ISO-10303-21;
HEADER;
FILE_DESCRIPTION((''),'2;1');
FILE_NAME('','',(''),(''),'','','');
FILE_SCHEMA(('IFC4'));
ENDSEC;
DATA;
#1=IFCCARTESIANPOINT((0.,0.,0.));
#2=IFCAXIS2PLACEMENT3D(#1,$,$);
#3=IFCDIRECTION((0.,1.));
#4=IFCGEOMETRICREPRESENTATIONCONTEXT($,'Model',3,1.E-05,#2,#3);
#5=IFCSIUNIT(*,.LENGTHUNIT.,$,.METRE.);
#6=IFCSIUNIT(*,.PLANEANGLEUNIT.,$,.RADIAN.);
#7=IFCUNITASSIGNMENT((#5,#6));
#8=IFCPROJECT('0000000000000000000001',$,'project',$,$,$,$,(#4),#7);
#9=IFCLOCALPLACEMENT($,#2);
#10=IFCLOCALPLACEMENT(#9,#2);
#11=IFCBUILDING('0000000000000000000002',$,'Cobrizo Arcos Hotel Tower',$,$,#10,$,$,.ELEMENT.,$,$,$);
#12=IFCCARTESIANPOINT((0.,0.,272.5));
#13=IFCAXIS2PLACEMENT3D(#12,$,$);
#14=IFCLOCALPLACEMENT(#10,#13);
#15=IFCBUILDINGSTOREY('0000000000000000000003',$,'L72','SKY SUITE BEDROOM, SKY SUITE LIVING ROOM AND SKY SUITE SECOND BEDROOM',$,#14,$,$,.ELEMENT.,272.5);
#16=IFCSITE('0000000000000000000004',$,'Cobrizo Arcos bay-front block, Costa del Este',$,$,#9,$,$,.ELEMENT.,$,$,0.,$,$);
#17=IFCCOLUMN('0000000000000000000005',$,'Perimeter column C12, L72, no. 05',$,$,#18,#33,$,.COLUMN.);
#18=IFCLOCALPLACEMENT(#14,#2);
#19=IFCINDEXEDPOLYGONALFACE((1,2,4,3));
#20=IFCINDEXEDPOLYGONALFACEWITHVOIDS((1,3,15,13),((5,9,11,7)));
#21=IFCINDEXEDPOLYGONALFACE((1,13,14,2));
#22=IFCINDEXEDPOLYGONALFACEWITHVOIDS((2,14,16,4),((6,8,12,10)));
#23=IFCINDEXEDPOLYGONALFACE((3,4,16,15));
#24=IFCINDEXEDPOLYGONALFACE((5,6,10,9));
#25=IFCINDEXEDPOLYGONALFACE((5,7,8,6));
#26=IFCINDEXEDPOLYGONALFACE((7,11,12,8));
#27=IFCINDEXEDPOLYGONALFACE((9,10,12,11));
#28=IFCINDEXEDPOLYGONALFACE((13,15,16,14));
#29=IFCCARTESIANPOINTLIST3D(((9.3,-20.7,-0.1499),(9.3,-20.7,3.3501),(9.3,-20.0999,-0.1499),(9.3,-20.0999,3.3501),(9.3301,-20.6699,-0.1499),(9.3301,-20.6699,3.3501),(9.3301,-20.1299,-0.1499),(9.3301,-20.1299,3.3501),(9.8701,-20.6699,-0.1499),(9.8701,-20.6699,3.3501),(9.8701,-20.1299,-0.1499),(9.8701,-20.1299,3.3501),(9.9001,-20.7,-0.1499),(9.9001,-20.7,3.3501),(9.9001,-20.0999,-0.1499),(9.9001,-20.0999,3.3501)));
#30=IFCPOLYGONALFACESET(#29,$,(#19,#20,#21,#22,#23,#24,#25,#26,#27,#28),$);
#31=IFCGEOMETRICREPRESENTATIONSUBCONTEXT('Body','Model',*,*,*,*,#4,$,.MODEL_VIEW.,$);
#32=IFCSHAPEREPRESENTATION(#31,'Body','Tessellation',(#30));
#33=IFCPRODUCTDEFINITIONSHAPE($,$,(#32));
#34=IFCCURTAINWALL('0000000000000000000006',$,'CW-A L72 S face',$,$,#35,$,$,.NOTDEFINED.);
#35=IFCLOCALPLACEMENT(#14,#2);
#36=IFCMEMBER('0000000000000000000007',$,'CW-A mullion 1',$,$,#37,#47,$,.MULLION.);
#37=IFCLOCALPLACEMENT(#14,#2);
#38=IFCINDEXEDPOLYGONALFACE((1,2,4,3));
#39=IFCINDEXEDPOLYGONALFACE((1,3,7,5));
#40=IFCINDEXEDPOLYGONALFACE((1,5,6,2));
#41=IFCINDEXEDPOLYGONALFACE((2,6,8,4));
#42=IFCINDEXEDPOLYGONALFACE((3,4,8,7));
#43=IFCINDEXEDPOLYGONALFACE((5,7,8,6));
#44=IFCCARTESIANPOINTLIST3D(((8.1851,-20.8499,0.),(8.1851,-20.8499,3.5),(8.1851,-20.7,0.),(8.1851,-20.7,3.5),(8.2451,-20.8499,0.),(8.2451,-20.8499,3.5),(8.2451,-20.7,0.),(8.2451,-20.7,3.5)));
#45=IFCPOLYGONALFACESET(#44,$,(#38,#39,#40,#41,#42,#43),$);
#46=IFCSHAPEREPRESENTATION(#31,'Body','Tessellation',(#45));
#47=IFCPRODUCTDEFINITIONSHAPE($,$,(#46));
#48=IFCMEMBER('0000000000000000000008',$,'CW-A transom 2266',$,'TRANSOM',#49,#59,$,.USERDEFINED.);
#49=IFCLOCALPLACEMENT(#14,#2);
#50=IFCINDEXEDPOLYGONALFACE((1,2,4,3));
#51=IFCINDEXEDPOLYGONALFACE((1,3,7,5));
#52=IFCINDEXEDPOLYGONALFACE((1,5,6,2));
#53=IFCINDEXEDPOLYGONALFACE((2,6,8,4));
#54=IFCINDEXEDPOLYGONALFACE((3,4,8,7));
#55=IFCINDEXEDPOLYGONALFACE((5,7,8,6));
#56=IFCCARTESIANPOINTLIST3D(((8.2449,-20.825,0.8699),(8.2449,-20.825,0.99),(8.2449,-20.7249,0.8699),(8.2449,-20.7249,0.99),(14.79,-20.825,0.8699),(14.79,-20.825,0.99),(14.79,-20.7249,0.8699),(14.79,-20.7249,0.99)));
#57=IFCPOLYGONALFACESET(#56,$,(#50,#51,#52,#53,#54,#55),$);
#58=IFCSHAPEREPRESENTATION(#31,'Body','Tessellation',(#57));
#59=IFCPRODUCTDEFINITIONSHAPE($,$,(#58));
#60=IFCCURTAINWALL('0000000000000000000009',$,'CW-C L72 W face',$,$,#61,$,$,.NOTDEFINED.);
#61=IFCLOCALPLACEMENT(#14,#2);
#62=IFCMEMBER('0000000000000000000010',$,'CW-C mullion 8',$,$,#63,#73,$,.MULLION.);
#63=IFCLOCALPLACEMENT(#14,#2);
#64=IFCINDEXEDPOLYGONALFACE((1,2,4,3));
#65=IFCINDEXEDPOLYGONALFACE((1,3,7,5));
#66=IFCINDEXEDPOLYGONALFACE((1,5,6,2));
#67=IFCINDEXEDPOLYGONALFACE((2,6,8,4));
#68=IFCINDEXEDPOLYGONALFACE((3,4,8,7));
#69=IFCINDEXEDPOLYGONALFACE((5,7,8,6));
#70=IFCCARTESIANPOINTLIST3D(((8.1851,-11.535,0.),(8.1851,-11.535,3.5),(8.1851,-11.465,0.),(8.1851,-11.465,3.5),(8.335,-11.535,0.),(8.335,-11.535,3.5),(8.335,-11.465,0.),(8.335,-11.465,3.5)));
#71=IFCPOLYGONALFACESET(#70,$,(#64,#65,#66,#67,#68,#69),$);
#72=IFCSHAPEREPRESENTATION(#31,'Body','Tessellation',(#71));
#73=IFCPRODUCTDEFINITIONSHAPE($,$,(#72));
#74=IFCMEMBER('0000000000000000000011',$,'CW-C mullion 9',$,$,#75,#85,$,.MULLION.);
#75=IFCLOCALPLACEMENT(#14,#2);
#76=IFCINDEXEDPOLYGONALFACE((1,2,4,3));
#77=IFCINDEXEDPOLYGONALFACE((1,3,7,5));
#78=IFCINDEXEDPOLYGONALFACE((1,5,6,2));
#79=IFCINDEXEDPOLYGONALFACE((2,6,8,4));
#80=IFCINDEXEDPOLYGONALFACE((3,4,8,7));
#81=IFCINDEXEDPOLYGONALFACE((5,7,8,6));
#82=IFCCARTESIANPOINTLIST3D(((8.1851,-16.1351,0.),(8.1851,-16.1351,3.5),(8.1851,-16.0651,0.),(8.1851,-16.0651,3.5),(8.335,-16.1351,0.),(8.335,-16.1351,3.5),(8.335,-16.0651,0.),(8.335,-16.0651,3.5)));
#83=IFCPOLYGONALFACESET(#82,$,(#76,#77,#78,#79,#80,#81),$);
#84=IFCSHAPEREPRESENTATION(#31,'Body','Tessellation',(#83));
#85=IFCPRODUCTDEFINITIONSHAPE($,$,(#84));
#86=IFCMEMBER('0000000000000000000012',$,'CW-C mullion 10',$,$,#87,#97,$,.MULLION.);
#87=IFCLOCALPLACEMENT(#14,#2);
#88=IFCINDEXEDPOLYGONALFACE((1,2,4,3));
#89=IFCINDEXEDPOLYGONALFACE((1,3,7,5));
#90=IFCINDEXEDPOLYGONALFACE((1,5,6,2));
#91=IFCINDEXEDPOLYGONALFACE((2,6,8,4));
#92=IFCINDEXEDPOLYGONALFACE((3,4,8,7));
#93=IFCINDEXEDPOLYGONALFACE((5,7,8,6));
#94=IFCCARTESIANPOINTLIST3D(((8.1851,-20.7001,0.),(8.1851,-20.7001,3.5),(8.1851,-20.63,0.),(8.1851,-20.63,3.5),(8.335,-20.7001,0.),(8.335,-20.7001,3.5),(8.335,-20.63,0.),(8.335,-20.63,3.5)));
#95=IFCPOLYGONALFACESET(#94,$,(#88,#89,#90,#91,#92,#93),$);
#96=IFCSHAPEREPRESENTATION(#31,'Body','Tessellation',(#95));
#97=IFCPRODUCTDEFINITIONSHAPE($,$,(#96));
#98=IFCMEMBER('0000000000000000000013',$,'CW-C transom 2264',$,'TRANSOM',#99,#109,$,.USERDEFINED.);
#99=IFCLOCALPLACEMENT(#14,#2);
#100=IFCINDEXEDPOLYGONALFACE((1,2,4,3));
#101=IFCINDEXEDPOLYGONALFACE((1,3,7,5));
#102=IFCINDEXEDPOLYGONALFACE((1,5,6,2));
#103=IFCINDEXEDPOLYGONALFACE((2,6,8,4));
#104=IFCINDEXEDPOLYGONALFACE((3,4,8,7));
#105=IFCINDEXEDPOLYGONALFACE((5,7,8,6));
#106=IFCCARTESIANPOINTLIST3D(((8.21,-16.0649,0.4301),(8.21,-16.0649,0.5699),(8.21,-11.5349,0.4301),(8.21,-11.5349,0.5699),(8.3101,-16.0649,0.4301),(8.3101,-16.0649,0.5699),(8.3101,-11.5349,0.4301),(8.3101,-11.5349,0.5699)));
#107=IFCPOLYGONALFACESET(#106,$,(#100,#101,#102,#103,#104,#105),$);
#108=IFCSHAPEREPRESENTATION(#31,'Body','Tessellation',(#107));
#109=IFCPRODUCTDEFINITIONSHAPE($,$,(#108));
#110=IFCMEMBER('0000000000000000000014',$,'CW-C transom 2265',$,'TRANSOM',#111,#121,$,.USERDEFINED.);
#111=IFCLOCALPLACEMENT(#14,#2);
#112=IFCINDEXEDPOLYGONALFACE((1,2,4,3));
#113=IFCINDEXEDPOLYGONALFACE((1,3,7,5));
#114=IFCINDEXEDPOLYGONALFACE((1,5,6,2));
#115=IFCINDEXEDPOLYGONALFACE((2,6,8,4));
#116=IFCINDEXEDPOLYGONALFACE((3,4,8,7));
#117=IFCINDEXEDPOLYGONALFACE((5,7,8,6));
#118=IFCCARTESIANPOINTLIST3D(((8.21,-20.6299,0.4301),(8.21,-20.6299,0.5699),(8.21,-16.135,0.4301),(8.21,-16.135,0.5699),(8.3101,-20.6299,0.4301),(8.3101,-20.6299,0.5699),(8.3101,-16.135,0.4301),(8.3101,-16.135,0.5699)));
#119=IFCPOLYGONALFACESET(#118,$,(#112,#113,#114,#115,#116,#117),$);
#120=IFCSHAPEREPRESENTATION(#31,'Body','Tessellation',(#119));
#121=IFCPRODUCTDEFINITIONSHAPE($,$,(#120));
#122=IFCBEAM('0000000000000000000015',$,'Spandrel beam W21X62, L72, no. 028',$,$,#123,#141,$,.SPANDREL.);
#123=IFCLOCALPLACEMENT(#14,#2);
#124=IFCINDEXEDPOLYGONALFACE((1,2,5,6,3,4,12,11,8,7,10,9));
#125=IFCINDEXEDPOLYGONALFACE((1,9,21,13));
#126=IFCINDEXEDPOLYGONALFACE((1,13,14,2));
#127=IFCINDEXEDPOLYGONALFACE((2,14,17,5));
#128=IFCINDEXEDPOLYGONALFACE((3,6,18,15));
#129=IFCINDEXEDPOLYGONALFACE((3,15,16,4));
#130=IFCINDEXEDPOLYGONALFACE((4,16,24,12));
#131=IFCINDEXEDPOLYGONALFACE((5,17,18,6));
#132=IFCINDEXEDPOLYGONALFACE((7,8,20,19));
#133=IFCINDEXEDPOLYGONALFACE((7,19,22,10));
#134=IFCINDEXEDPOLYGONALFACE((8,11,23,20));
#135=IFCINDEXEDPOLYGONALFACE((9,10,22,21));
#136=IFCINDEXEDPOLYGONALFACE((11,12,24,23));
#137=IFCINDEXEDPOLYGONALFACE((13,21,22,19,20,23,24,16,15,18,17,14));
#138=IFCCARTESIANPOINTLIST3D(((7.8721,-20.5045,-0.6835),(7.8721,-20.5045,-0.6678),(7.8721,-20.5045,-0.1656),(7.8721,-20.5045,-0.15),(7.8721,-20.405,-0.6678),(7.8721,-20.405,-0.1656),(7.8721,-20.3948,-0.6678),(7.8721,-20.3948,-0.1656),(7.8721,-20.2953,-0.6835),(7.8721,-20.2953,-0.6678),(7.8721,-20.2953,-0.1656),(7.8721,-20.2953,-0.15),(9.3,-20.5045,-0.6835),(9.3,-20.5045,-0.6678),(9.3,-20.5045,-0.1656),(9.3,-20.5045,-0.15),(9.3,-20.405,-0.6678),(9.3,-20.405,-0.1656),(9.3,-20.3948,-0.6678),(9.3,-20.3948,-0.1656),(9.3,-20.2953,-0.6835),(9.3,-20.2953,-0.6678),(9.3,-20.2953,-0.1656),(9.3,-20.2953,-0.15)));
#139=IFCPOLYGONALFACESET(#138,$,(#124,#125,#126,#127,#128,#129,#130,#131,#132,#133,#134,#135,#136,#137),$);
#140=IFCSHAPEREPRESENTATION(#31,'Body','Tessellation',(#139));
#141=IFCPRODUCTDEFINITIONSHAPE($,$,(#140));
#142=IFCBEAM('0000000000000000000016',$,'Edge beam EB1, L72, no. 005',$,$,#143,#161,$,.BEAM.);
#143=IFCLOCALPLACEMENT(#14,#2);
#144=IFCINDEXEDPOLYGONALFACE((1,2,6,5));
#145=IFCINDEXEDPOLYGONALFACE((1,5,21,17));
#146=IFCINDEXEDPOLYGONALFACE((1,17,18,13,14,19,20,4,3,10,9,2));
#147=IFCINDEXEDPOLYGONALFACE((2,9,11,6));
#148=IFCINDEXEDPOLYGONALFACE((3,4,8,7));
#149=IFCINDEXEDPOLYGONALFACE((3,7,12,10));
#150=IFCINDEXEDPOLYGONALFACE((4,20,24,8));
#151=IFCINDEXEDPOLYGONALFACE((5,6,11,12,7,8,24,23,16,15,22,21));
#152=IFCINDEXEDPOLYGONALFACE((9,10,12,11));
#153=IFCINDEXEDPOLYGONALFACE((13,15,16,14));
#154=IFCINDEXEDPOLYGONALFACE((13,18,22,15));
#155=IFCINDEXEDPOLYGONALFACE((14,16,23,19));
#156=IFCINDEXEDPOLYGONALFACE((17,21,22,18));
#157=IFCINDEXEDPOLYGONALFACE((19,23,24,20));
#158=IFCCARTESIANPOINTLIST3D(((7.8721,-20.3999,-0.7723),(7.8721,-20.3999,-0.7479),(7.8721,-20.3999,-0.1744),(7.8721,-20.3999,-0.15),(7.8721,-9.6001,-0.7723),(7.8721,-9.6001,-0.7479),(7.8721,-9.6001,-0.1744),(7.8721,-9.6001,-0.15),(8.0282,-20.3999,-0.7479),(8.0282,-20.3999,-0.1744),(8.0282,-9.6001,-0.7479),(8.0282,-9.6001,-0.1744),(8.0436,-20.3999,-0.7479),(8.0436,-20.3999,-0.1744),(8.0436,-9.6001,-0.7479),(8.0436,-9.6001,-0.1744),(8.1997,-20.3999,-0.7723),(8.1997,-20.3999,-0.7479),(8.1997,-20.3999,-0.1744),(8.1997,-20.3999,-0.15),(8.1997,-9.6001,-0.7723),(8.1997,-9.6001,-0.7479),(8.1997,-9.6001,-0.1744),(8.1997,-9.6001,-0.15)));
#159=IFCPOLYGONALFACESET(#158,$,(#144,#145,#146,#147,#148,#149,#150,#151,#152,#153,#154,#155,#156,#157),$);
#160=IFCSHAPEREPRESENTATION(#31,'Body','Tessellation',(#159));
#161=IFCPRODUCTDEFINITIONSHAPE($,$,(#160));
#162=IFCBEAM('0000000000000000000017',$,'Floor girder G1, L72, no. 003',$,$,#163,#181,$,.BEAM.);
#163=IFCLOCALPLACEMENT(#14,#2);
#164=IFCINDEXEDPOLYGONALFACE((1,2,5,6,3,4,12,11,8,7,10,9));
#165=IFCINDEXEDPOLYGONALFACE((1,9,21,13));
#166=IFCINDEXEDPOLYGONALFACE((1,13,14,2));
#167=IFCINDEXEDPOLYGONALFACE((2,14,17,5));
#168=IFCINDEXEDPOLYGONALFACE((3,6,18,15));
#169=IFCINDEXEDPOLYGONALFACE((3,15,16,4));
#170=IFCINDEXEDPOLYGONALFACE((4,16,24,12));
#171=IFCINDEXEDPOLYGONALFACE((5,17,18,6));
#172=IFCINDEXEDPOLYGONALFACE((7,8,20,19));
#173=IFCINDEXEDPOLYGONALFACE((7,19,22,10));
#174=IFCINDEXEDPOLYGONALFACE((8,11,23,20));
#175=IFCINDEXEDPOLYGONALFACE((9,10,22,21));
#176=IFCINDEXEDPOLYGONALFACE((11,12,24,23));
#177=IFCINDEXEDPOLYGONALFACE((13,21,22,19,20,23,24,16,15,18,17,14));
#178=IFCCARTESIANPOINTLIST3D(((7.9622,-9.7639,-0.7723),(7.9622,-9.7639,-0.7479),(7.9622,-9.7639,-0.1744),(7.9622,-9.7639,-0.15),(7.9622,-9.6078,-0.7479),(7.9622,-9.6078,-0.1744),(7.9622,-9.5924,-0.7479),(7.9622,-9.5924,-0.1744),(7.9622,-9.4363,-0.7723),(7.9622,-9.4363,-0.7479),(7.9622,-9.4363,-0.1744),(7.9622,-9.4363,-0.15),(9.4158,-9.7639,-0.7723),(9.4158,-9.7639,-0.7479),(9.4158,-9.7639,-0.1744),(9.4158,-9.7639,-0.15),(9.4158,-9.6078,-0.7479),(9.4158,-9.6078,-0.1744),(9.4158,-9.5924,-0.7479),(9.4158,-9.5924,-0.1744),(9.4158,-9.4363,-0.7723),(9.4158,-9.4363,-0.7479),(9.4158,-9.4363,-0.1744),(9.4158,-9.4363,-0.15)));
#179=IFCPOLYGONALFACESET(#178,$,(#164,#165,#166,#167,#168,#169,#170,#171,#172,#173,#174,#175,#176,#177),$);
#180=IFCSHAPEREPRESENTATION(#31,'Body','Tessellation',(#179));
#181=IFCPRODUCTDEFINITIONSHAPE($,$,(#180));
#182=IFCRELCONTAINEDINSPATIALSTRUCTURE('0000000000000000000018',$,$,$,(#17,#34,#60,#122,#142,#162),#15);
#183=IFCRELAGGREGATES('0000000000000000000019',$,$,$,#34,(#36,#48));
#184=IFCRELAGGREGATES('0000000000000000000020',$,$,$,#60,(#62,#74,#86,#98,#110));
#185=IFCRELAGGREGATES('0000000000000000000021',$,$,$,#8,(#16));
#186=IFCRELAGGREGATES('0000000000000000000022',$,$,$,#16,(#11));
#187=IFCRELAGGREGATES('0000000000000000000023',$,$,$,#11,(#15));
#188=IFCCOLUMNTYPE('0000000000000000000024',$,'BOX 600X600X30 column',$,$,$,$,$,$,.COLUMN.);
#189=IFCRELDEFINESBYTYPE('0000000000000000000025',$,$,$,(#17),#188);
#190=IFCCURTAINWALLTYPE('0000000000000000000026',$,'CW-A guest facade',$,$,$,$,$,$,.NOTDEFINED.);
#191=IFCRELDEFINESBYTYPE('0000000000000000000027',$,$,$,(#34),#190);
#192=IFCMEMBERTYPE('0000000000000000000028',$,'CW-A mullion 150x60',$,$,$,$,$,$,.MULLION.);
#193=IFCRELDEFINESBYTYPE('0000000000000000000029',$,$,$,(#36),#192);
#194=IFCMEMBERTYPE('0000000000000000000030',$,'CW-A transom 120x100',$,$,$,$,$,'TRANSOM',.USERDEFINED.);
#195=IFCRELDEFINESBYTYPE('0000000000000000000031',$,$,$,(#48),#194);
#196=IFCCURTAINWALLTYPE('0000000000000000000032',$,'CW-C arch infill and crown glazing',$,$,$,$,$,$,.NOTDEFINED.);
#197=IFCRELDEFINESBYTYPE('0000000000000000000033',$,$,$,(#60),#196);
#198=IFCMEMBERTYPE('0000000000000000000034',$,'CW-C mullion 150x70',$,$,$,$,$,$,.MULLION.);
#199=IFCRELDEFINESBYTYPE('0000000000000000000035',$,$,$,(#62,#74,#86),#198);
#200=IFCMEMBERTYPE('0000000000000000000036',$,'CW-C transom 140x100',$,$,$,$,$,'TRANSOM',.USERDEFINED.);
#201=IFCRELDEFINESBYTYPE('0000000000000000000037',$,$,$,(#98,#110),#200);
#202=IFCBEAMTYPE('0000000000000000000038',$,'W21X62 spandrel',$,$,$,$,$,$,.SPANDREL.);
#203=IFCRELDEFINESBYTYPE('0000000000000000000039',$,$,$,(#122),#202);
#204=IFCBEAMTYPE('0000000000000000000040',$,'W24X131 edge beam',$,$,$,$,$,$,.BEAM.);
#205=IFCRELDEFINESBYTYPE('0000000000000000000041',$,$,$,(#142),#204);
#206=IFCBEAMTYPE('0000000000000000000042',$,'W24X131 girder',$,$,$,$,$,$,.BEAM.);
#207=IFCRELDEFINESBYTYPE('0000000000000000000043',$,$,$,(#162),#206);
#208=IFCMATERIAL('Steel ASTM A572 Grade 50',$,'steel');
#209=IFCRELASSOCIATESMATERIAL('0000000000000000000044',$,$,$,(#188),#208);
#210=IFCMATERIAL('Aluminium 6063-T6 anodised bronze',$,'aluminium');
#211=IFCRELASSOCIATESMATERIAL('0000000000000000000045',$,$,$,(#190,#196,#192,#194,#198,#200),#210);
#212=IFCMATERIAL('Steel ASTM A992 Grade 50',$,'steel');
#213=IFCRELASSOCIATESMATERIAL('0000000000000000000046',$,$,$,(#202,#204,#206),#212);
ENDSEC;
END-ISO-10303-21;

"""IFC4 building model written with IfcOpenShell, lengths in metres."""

from ifc_helpers import new_model, si_unit, direction, frame, origin, origin_2d, place, context, subcontext, project, spatial, rectangle, hollow_rectangle, i_section, extrude, material, material_profile, profile_set, type_object, element, aggregate, save


model = new_model("IFC4")

# Units and contexts
model_context = context("Model", 3, precision=1e-05, world=origin(), true_north=direction((0.0, 1.0)))
body_context = subcontext(model_context, "Body", "Model", "MODEL_VIEW")
ifc_project = project(units=[si_unit("LENGTHUNIT", "METRE"), si_unit("PLANEANGLEUNIT", "RADIAN")], contexts=[model_context])

# Site, building, storey
site_placement = place(None, origin())
site = spatial("IfcSite", under=ifc_project, at=site_placement, Name="Cobrizo Arcos bay-front block, Costa del Este", CompositionType="ELEMENT", RefElevation=0.0)
building_placement = place(site_placement, origin())
building = spatial("IfcBuilding", under=site, at=building_placement, Name="Cobrizo Arcos Hotel Tower", CompositionType="ELEMENT")
storey_placement = place(building_placement, frame((0.0, 0.0, 272.5)))
storey = spatial("IfcBuildingStorey", under=building, at=storey_placement, Name="L72", Description="SKY SUITE BEDROOM, SKY SUITE LIVING ROOM AND SKY SUITE SECOND BEDROOM", CompositionType="ELEMENT", Elevation=272.5)

# Column
ifc_material_1 = material(Name="Steel ASTM A572 Grade 50", Category="steel")
ifc_material_profile_1 = material_profile(ifc_material_1, hollow_rectangle(XDim=0.6001, YDim=0.6001, WallThickness=0.03, at=origin_2d()), Name="BOX 600X600X30")
ifc_profile_set_1 = profile_set([ifc_material_profile_1], Name="Steel ASTM A572 Grade 50")
column_type = type_object("IfcColumnType", Name="BOX 600X600X30 column", PredefinedType="COLUMN", material=ifc_profile_set_1)
column_placement = place(storey_placement, frame((9.6001, -20.3999, -0.1499), z_axis=(0.0, 0.0, 1.0), x_axis=(1.0, 0.0, 0.0)))
element("IfcColumn", 1, at=column_placement, inside=storey, type_object=column_type, Name="Perimeter column C12, L72, no. 05", PredefinedType="COLUMN", context=body_context, shape_type="SweptSolid", body=[
    extrude(hollow_rectangle(XDim=0.6001, YDim=0.6001, WallThickness=0.03, at=origin_2d()), origin(), (0.0, 0.0, 1.0), 3.5),
])

# Curtain walls, members
ifc_material_2 = material(Name="Aluminium 6063-T6 anodised bronze", Category="aluminium")
curtain_wall_type_1 = type_object("IfcCurtainWallType", Name="CW-A guest facade", PredefinedType="NOTDEFINED", material=ifc_material_2)
curtain_wall_1_placement = place(storey_placement, origin())
curtain_wall_1 = element("IfcCurtainWall", 2, at=curtain_wall_1_placement, inside=storey, type_object=curtain_wall_type_1, Name="CW-A L72 S face", PredefinedType="NOTDEFINED")
ifc_material_profile_2 = material_profile(ifc_material_2, rectangle(XDim=0.1499, YDim=0.0601, at=origin_2d()), Name="CW-A mullion 150x60")
ifc_profile_set_2 = profile_set([ifc_material_profile_2], Name="Aluminium 6063-T6 anodised bronze")
member_type_1 = type_object("IfcMemberType", Name="CW-A mullion 150x60", PredefinedType="MULLION", material=ifc_profile_set_2)
member_1_placement = place(storey_placement, frame((8.2151, -20.7749, 0.0), z_axis=(0.0, 0.0, 1.0), x_axis=(0.0, -1.0, 0.0)))
member_1 = element("IfcMember", 3, at=member_1_placement, type_object=member_type_1, Name="CW-A mullion 1", PredefinedType="MULLION", context=body_context, shape_type="SweptSolid", body=[
    extrude(rectangle(XDim=0.1499, YDim=0.0601, at=origin_2d()), origin(), (0.0, 0.0, 1.0), 3.5),
])
ifc_material_profile_3 = material_profile(ifc_material_2, rectangle(XDim=0.1001, YDim=0.1201, at=origin_2d()), Name="CW-A transom 120x100")
ifc_profile_set_3 = profile_set([ifc_material_profile_3], Name="Aluminium 6063-T6 anodised bronze")
member_type_2 = type_object("IfcMemberType", Name="CW-A transom 120x100", ElementType="TRANSOM", PredefinedType="USERDEFINED", material=ifc_profile_set_3)
member_2_placement = place(storey_placement, frame((8.2449, -20.7749, 0.9299), z_axis=(1.0, 0.0, 0.0), x_axis=(0.0, 1.0, 0.0)))
member_2 = element("IfcMember", 4, at=member_2_placement, type_object=member_type_2, Name="CW-A transom 2266", ObjectType="TRANSOM", PredefinedType="USERDEFINED", context=body_context, shape_type="SweptSolid", body=[
    extrude(rectangle(XDim=0.1001, YDim=0.1201, at=origin_2d()), origin(), (0.0, 0.0, 1.0), 6.5452),
])
curtain_wall_type_2 = type_object("IfcCurtainWallType", Name="CW-C arch infill and crown glazing", PredefinedType="NOTDEFINED", material=ifc_material_2)
curtain_wall_2_placement = place(storey_placement, origin())
curtain_wall_2 = element("IfcCurtainWall", 5, at=curtain_wall_2_placement, inside=storey, type_object=curtain_wall_type_2, Name="CW-C L72 W face", PredefinedType="NOTDEFINED")
ifc_material_profile_4 = material_profile(ifc_material_2, rectangle(XDim=0.1499, YDim=0.0701, at=origin_2d()), Name="CW-C mullion 150x70")
ifc_profile_set_4 = profile_set([ifc_material_profile_4], Name="Aluminium 6063-T6 anodised bronze")
member_type_3 = type_object("IfcMemberType", Name="CW-C mullion 150x70", PredefinedType="MULLION", material=ifc_profile_set_4)
member_3_placement = place(storey_placement, frame((8.26, -11.5, 0.0), z_axis=(0.0, 0.0, 1.0), x_axis=(-1.0, 0.0, 0.0)))
member_3 = element("IfcMember", 6, at=member_3_placement, type_object=member_type_3, Name="CW-C mullion 8", PredefinedType="MULLION", context=body_context, shape_type="SweptSolid", body=[
    extrude(rectangle(XDim=0.1499, YDim=0.0701, at=origin_2d()), origin(), (0.0, 0.0, 1.0), 3.5),
])
member_4_placement = place(storey_placement, frame((8.26, -16.1001, 0.0), z_axis=(0.0, 0.0, 1.0), x_axis=(-1.0, 0.0, 0.0)))
member_4 = element("IfcMember", 7, at=member_4_placement, type_object=member_type_3, Name="CW-C mullion 9", PredefinedType="MULLION", context=body_context, shape_type="SweptSolid", body=[
    extrude(rectangle(XDim=0.1499, YDim=0.0701, at=origin_2d()), origin(), (0.0, 0.0, 1.0), 3.5),
])
member_5_placement = place(storey_placement, frame((8.26, -20.665, 0.0), z_axis=(0.0, 0.0, 1.0), x_axis=(-1.0, 0.0, 0.0)))
member_5 = element("IfcMember", 8, at=member_5_placement, type_object=member_type_3, Name="CW-C mullion 10", PredefinedType="MULLION", context=body_context, shape_type="SweptSolid", body=[
    extrude(rectangle(XDim=0.1499, YDim=0.0701, at=origin_2d()), origin(), (0.0, 0.0, 1.0), 3.5),
])
ifc_material_profile_5 = material_profile(ifc_material_2, rectangle(XDim=0.1001, YDim=0.1399, at=origin_2d()), Name="CW-C transom 140x100")
ifc_profile_set_5 = profile_set([ifc_material_profile_5], Name="Aluminium 6063-T6 anodised bronze")
member_type_4 = type_object("IfcMemberType", Name="CW-C transom 140x100", ElementType="TRANSOM", PredefinedType="USERDEFINED", material=ifc_profile_set_5)
member_6_placement = place(storey_placement, frame((8.26, -11.5349, 0.5), z_axis=(0.0, -1.0, 0.0), x_axis=(1.0, 0.0, 0.0)))
member_6 = element("IfcMember", 9, at=member_6_placement, type_object=member_type_4, Name="CW-C transom 2264", ObjectType="TRANSOM", PredefinedType="USERDEFINED", context=body_context, shape_type="SweptSolid", body=[
    extrude(rectangle(XDim=0.1001, YDim=0.1399, at=origin_2d()), origin(), (0.0, 0.0, 1.0), 4.53),
])
member_7_placement = place(storey_placement, frame((8.26, -16.135, 0.5), z_axis=(0.0, -1.0, 0.0), x_axis=(1.0, 0.0, 0.0)))
member_7 = element("IfcMember", 10, at=member_7_placement, type_object=member_type_4, Name="CW-C transom 2265", ObjectType="TRANSOM", PredefinedType="USERDEFINED", context=body_context, shape_type="SweptSolid", body=[
    extrude(rectangle(XDim=0.1001, YDim=0.1399, at=origin_2d()), origin(), (0.0, 0.0, 1.0), 4.4949),
])

# Beams
ifc_material_3 = material(Name="Steel ASTM A992 Grade 50", Category="steel")
ifc_material_profile_6 = material_profile(ifc_material_3, i_section(OverallWidth=0.2092, OverallDepth=0.5334, WebThickness=0.0103, FlangeThickness=0.0156, at=origin_2d()), Name="W21X62")
ifc_profile_set_6 = profile_set([ifc_material_profile_6], Name="Steel ASTM A992 Grade 50")
beam_type_1 = type_object("IfcBeamType", Name="W21X62 spandrel", PredefinedType="SPANDREL", material=ifc_profile_set_6)
beam_1_placement = place(storey_placement, frame((9.3, -20.3999, -0.4167), z_axis=(-1.0, 0.0, 0.0), x_axis=(0.0, -1.0, 0.0)))
element("IfcBeam", 11, at=beam_1_placement, inside=storey, type_object=beam_type_1, Name="Spandrel beam W21X62, L72, no. 028", PredefinedType="SPANDREL", context=body_context, shape_type="SweptSolid", body=[
    extrude(i_section(OverallWidth=0.2092, OverallDepth=0.5334, WebThickness=0.0103, FlangeThickness=0.0156, at=origin_2d()), origin(), (0.0, 0.0, 1.0), 1.428),
])
ifc_material_profile_7 = material_profile(ifc_material_3, i_section(OverallWidth=0.3276, OverallDepth=0.6223, WebThickness=0.0154, FlangeThickness=0.0244, at=origin_2d()), Name="W24X131")
ifc_profile_set_7 = profile_set([ifc_material_profile_7], Name="Steel ASTM A992 Grade 50")
beam_type_2 = type_object("IfcBeamType", Name="W24X131 edge beam", PredefinedType="BEAM", material=ifc_profile_set_7)
beam_2_placement = place(storey_placement, frame((8.0359, -20.3999, -0.4612), z_axis=(0.0, 1.0, 0.0), x_axis=(-1.0, 0.0, 0.0)))
element("IfcBeam", 12, at=beam_2_placement, inside=storey, type_object=beam_type_2, Name="Edge beam EB1, L72, no. 005", PredefinedType="BEAM", context=body_context, shape_type="SweptSolid", body=[
    extrude(i_section(OverallWidth=0.3276, OverallDepth=0.6223, WebThickness=0.0154, FlangeThickness=0.0244, at=origin_2d()), origin(), (0.0, 0.0, 1.0), 10.7998),
])
ifc_material_profile_8 = material_profile(ifc_material_3, i_section(OverallWidth=0.3276, OverallDepth=0.6223, WebThickness=0.0154, FlangeThickness=0.0244, at=origin_2d()), Name="W24X131")
ifc_profile_set_8 = profile_set([ifc_material_profile_8], Name="Steel ASTM A992 Grade 50")
beam_type_3 = type_object("IfcBeamType", Name="W24X131 girder", PredefinedType="BEAM", material=ifc_profile_set_8)
beam_3_placement = place(storey_placement, frame((7.9622, -9.6001, -0.4612), z_axis=(1.0, 0.0, 0.0), x_axis=(0.0, 1.0, 0.0)))
element("IfcBeam", 13, at=beam_3_placement, inside=storey, type_object=beam_type_3, Name="Floor girder G1, L72, no. 003", PredefinedType="BEAM", context=body_context, shape_type="SweptSolid", body=[
    extrude(i_section(OverallWidth=0.3276, OverallDepth=0.6223, WebThickness=0.0154, FlangeThickness=0.0244, at=origin_2d()), origin(), (0.0, 0.0, 1.0), 1.4536),
])

aggregate(curtain_wall_1, [member_1, member_2])
aggregate(curtain_wall_2, [member_3, member_4, member_5, member_6, member_7])

save(model, "model.ifc")
